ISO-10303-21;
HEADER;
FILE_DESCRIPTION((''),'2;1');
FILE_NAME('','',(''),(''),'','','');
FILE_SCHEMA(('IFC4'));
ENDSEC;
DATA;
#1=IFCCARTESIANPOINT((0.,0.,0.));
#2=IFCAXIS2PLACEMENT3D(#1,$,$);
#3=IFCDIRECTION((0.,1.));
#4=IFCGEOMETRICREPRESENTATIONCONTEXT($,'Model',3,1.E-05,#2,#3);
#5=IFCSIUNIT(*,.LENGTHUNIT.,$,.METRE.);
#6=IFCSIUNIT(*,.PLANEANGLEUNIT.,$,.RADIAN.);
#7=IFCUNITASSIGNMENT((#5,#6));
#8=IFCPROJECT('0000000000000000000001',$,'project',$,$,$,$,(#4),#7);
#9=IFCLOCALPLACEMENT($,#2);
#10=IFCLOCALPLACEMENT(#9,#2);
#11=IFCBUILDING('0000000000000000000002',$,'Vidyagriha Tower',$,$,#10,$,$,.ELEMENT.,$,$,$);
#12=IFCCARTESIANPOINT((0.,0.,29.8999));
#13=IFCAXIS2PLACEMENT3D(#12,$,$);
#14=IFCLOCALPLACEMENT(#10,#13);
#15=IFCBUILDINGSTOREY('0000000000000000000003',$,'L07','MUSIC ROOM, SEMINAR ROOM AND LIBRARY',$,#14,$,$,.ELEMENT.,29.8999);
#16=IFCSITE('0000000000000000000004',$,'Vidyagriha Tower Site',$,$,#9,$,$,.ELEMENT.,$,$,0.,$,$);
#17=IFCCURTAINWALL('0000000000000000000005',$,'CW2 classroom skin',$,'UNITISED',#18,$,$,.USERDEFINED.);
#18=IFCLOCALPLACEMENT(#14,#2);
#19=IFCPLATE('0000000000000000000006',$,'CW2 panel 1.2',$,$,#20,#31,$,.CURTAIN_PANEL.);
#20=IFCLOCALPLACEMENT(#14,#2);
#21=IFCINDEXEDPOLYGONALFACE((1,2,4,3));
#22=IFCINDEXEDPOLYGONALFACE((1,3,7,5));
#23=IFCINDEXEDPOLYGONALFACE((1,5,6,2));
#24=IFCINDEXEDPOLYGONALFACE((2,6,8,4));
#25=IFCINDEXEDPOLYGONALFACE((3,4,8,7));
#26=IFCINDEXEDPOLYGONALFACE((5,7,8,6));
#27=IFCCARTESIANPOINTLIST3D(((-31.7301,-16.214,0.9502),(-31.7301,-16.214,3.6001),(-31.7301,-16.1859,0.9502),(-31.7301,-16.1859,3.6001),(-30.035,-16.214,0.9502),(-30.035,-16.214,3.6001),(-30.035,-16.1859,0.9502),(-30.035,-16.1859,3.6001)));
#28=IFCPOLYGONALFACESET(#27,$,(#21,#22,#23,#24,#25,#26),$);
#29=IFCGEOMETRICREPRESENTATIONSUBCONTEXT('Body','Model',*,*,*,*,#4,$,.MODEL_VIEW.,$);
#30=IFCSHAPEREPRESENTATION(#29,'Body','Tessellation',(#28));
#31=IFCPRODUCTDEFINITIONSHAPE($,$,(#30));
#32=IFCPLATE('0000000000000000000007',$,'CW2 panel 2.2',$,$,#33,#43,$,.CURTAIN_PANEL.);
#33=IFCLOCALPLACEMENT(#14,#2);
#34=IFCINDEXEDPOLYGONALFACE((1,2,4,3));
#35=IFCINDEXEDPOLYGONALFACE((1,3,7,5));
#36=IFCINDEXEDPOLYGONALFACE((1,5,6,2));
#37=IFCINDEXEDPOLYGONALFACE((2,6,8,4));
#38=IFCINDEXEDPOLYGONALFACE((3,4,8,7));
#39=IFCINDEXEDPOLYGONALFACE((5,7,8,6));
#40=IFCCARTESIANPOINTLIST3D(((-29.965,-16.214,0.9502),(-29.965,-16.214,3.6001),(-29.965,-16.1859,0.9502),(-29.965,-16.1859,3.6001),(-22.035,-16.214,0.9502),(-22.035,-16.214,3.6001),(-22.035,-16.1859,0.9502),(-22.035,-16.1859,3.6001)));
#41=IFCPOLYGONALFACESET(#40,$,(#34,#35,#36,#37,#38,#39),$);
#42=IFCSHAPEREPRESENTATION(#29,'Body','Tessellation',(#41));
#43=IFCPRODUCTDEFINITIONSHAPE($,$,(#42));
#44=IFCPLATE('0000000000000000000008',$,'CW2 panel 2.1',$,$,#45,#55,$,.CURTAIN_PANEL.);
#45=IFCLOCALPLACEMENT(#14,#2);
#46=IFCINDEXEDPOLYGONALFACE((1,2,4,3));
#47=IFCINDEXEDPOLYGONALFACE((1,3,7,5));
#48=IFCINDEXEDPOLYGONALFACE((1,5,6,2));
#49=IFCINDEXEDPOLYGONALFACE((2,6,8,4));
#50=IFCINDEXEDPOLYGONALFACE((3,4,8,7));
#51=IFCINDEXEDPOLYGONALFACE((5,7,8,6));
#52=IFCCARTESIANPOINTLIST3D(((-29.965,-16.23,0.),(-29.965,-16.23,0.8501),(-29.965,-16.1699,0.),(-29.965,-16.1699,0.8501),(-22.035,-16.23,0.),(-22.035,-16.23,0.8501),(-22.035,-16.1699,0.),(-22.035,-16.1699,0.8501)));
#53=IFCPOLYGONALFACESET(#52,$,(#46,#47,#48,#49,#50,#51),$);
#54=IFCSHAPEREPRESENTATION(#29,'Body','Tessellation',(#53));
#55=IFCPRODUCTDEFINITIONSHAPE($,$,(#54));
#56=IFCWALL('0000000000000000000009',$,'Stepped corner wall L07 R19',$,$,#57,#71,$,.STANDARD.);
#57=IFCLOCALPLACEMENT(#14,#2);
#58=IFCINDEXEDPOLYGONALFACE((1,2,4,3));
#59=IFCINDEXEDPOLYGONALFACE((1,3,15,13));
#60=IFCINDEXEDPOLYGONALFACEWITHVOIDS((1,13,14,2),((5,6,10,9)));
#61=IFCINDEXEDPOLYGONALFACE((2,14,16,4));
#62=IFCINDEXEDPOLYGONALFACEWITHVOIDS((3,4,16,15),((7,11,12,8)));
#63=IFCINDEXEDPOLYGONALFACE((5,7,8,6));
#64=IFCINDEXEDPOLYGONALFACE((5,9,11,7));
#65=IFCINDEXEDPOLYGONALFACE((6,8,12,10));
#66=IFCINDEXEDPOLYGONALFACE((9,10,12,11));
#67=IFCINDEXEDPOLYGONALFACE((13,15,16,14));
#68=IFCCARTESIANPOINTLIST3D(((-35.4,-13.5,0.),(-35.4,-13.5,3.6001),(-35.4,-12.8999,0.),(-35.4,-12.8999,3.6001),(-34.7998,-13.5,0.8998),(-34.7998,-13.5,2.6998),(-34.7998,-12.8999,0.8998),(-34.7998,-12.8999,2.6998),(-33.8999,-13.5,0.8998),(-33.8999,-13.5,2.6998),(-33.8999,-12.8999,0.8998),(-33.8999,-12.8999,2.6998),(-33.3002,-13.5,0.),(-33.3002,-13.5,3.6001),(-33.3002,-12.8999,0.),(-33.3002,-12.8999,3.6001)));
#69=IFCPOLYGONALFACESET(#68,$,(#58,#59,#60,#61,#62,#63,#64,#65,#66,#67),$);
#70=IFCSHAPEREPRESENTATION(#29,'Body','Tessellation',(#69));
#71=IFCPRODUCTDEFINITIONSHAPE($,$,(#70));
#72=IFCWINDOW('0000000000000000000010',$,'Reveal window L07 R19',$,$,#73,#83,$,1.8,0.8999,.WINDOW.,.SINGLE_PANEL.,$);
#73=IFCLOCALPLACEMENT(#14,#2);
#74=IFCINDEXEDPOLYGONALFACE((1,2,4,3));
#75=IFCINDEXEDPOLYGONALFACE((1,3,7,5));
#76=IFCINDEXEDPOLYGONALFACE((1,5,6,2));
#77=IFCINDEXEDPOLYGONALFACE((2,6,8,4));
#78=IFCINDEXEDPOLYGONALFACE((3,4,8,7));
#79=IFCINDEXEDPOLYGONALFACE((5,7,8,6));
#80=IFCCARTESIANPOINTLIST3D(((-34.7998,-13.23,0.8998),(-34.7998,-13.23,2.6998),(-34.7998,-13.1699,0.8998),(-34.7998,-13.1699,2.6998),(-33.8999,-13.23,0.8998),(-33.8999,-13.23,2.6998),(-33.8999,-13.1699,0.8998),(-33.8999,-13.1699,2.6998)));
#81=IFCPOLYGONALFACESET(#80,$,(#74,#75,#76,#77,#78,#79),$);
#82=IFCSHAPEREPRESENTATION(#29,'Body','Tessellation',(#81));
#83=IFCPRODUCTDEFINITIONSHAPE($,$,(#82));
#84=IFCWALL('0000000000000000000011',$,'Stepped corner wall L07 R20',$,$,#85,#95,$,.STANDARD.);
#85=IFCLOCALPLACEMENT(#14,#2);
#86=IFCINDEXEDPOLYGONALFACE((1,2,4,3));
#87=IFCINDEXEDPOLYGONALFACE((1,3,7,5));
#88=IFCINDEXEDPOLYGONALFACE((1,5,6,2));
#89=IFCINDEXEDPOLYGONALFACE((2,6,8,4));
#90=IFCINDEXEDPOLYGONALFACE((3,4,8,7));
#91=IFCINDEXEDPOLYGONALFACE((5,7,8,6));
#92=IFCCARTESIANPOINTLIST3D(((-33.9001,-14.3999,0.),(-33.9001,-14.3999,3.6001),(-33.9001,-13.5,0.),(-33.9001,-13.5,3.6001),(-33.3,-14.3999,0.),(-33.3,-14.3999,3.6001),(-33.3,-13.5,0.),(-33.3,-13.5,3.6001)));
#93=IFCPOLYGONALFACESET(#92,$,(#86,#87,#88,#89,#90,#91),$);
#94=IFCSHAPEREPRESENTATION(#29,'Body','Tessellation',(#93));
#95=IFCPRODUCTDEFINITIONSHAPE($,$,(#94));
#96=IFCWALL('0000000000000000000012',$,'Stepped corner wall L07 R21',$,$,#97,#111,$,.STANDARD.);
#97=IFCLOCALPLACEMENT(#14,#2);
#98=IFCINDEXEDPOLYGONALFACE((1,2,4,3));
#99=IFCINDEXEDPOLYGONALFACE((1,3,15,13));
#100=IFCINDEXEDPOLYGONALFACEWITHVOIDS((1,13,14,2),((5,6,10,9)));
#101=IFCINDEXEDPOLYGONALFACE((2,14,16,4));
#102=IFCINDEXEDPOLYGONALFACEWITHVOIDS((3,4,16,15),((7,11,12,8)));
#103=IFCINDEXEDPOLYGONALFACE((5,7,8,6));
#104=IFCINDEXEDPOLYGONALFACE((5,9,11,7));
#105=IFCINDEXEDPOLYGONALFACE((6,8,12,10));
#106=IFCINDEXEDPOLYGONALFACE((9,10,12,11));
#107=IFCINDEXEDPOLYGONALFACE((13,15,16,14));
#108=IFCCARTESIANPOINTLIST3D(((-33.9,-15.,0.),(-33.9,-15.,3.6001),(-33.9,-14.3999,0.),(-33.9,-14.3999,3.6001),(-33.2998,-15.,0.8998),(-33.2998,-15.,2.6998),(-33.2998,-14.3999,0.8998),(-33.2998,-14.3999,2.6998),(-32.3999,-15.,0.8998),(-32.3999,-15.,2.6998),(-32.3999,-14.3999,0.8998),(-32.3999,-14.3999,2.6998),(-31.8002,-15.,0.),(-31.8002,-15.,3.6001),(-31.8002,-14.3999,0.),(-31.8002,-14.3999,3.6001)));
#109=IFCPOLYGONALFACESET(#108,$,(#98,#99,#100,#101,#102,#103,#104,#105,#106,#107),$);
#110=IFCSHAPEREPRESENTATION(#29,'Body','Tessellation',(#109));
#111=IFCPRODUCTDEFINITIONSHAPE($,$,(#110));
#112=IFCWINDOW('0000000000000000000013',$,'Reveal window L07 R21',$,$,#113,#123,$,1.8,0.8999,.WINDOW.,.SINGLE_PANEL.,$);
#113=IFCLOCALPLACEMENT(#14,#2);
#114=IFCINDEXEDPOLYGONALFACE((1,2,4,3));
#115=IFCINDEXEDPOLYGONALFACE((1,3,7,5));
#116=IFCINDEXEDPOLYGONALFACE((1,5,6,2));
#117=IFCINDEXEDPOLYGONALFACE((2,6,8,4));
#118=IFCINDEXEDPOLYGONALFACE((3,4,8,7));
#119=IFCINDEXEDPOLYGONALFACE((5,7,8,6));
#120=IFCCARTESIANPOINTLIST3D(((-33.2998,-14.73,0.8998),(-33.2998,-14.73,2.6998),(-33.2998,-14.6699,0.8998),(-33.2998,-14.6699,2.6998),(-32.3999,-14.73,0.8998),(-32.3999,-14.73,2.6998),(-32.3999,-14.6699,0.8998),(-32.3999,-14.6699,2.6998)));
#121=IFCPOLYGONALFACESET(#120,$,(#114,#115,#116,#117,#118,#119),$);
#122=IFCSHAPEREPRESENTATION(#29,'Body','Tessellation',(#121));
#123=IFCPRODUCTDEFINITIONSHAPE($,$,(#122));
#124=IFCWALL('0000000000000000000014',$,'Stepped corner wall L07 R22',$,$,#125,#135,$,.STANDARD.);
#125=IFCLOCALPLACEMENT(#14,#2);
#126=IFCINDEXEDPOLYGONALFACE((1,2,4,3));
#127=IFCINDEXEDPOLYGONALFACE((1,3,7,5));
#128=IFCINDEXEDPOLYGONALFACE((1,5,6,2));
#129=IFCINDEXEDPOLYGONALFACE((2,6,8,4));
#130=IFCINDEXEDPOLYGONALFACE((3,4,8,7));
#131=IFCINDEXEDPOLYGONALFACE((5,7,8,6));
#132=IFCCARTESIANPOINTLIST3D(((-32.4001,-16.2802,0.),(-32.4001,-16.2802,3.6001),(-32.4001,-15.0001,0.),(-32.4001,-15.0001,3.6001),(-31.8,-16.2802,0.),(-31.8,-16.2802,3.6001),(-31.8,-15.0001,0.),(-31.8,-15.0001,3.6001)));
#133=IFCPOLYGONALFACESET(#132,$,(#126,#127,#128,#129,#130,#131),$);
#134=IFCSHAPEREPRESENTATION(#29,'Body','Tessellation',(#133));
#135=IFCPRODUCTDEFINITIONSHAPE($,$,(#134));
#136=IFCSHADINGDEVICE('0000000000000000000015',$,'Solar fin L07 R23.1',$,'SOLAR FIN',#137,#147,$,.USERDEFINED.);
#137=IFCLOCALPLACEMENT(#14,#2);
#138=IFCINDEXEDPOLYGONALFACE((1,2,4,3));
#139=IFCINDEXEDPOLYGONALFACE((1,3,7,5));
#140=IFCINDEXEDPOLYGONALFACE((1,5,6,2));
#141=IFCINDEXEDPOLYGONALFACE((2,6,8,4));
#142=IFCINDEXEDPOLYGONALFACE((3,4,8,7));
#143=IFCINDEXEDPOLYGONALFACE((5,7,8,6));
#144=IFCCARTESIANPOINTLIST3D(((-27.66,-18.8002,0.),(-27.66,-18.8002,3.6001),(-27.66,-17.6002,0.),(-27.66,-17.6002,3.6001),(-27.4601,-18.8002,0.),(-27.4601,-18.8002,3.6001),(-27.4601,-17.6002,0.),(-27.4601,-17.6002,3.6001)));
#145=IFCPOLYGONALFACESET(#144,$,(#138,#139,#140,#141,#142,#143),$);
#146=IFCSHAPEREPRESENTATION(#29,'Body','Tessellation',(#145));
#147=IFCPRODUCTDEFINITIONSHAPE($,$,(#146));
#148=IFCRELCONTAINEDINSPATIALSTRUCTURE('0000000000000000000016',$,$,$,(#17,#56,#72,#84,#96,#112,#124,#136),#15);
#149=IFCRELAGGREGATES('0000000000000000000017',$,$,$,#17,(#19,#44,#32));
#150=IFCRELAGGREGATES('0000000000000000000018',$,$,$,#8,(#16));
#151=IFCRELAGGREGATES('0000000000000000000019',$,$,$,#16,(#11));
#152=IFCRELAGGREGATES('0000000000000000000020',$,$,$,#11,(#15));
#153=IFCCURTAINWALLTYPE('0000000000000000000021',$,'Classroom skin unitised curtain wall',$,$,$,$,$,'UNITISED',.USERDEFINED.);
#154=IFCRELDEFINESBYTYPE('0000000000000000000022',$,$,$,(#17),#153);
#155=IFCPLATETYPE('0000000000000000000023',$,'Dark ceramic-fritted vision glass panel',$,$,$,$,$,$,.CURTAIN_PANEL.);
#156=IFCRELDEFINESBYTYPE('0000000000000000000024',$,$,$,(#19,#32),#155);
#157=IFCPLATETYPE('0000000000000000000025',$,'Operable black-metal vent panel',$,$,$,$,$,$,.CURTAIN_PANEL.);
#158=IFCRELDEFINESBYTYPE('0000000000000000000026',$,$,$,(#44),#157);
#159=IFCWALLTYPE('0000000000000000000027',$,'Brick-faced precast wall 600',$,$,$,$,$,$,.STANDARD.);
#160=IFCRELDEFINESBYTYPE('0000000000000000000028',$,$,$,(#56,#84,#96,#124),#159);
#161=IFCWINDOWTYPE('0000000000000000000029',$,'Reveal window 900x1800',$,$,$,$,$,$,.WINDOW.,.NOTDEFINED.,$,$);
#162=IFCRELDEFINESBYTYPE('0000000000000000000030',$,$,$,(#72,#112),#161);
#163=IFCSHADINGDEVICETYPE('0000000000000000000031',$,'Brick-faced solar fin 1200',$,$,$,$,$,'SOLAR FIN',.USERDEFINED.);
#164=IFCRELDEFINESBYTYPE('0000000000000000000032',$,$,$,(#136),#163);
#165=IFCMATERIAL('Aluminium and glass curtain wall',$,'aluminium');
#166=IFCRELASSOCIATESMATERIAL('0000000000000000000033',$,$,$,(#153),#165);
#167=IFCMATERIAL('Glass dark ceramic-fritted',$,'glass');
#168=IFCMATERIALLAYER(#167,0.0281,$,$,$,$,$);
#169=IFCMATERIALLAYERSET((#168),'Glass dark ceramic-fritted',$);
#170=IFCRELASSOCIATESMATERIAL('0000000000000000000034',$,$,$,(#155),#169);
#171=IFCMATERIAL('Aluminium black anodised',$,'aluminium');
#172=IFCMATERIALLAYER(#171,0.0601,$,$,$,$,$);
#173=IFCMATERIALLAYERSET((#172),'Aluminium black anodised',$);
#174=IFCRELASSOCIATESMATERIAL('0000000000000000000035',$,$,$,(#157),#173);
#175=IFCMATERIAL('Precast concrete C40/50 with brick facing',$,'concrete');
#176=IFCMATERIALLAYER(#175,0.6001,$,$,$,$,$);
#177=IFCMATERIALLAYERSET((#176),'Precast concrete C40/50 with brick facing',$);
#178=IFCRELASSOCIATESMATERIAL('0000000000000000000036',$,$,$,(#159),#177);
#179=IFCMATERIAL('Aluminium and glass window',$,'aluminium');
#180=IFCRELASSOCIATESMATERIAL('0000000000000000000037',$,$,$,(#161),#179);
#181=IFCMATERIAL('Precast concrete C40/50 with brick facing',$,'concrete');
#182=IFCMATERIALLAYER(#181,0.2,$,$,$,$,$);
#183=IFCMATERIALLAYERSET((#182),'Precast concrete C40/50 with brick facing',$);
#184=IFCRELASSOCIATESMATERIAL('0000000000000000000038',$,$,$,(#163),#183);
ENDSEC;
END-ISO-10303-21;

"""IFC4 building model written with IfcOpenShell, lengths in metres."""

from ifc_helpers import new_model, si_unit, direction, frame, frame_2d, origin, origin_2d, place, context, subcontext, project, spatial, rectangle, extrude, material, layer, layer_set, type_object, element, fill, aggregate, save


model = new_model("IFC4")

# Units and contexts
model_context = context("Model", 3, precision=1e-05, world=origin(), true_north=direction((0.0, 1.0)))
body_context = subcontext(model_context, "Body", "Model", "MODEL_VIEW")
ifc_project = project(units=[si_unit("LENGTHUNIT", "METRE"), si_unit("PLANEANGLEUNIT", "RADIAN")], contexts=[model_context])

# Site, building, storey
site_placement = place(None, origin())
site = spatial("IfcSite", under=ifc_project, at=site_placement, Name="Vidyagriha Tower Site", CompositionType="ELEMENT", RefElevation=0.0)
building_placement = place(site_placement, origin())
building = spatial("IfcBuilding", under=site, at=building_placement, Name="Vidyagriha Tower", CompositionType="ELEMENT")
storey_placement = place(building_placement, frame((0.0, 0.0, 29.8999)))
storey = spatial("IfcBuildingStorey", under=building, at=storey_placement, Name="L07", Description="MUSIC ROOM, SEMINAR ROOM AND LIBRARY", CompositionType="ELEMENT", Elevation=29.8999)

# Curtain wall, plates
ifc_material_1 = material(Name="Aluminium and glass curtain wall", Category="aluminium")
curtain_wall_type = type_object("IfcCurtainWallType", Name="Classroom skin unitised curtain wall", ElementType="UNITISED", PredefinedType="USERDEFINED", material=ifc_material_1)
curtain_wall_placement = place(storey_placement, origin())
curtain_wall = element("IfcCurtainWall", 1, at=curtain_wall_placement, inside=storey, type_object=curtain_wall_type, Name="CW2 classroom skin", ObjectType="UNITISED", PredefinedType="USERDEFINED")
ifc_material_2 = material(Name="Glass dark ceramic-fritted", Category="glass")
ifc_layer_1 = layer(ifc_material_2, 0.0281)
ifc_layer_set_1 = layer_set([ifc_layer_1], Name="Glass dark ceramic-fritted")
plate_type_1 = type_object("IfcPlateType", Name="Dark ceramic-fritted vision glass panel", PredefinedType="CURTAIN_PANEL", material=ifc_layer_set_1)
plate_1_placement = place(storey_placement, frame((-30.8826, -16.2, 0.9502)))
plate_1 = element("IfcPlate", 2, at=plate_1_placement, type_object=plate_type_1, Name="CW2 panel 1.2", PredefinedType="CURTAIN_PANEL", context=body_context, shape_type="SweptSolid", body=[
    extrude(rectangle(XDim=1.6951, YDim=0.0281, at=origin_2d()), origin(), (0.0, 0.0, 1.0), 2.6499),
])
plate_2_placement = place(storey_placement, frame((-26.0, -16.2, 0.9502)))
plate_2 = element("IfcPlate", 3, at=plate_2_placement, type_object=plate_type_1, Name="CW2 panel 2.2", PredefinedType="CURTAIN_PANEL", context=body_context, shape_type="SweptSolid", body=[
    extrude(rectangle(XDim=7.9299, YDim=0.0281, at=origin_2d()), origin(), (0.0, 0.0, 1.0), 2.6499),
])
ifc_material_3 = material(Name="Aluminium black anodised", Category="aluminium")
ifc_layer_2 = layer(ifc_material_3, 0.0601)
ifc_layer_set_2 = layer_set([ifc_layer_2], Name="Aluminium black anodised")
plate_type_2 = type_object("IfcPlateType", Name="Operable black-metal vent panel", PredefinedType="CURTAIN_PANEL", material=ifc_layer_set_2)
plate_3_placement = place(storey_placement, frame((-26.0, -16.2, 0.0)))
plate_3 = element("IfcPlate", 4, at=plate_3_placement, type_object=plate_type_2, Name="CW2 panel 2.1", PredefinedType="CURTAIN_PANEL", context=body_context, shape_type="SweptSolid", body=[
    extrude(rectangle(XDim=7.9299, YDim=0.0601, at=origin_2d()), origin(), (0.0, 0.0, 1.0), 0.8501),
])
aggregate(curtain_wall, [plate_1, plate_3, plate_2])

# Wall, opening, window
ifc_material_4 = material(Name="Precast concrete C40/50 with brick facing", Category="concrete")
ifc_layer_3 = layer(ifc_material_4, 0.6001)
ifc_layer_set_3 = layer_set([ifc_layer_3], Name="Precast concrete C40/50 with brick facing")
wall_type = type_object("IfcWallType", Name="Brick-faced precast wall 600", PredefinedType="STANDARD", material=ifc_layer_set_3)
wall_1_placement = place(storey_placement, frame((-35.3999, -13.2, 0.0)))
wall_1 = element("IfcWall", 5, at=wall_1_placement, inside=storey, type_object=wall_type, Name="Stepped corner wall L07 R19", PredefinedType="STANDARD", context=body_context, shape_type="SweptSolid", body=[
    extrude(rectangle(XDim=2.0999, YDim=0.6001, at=frame_2d((1.0498, 0.0))), origin(), (0.0, 0.0, 1.0), 3.6001),
])
opening_1_placement = place(wall_1_placement, frame((0.6001, 0.0, 0.8999)))
opening_1 = element("IfcOpeningElement", 6, at=opening_1_placement, cuts=wall_1, PredefinedType="OPENING", context=body_context, shape_type="SweptSolid", body=[
    extrude(rectangle(XDim=0.8999, YDim=1.8, at=frame_2d((0.45, 0.8999))), frame((0.0, 0.3101, 0.0), z_axis=(0.0, -1.0, 0.0), x_axis=(1.0, 0.0, 0.0)), (0.0, 0.0, 1.0), 0.6201),
])
ifc_material_5 = material(Name="Aluminium and glass window", Category="aluminium")
window_type = type_object("IfcWindowType", Name="Reveal window 900x1800", PartitioningType="NOTDEFINED", PredefinedType="WINDOW", material=ifc_material_5)
window_1_placement = place(opening_1_placement, origin())
window_1 = element("IfcWindow", 7, at=window_1_placement, inside=storey, type_object=window_type, Name="Reveal window L07 R19", OverallHeight=1.8, OverallWidth=0.8999, PartitioningType="SINGLE_PANEL", PredefinedType="WINDOW", context=body_context, shape_type="SweptSolid", body=[
    extrude(rectangle(XDim=0.8999, YDim=1.8, at=frame_2d((0.45, 0.8999))), frame((0.0, 0.03, 0.0), z_axis=(0.0, -1.0, 0.0), x_axis=(1.0, 0.0, 0.0)), (0.0, 0.0, 1.0), 0.0601),
])
fill(opening_1, window_1)

# Wall
wall_2_placement = place(storey_placement, frame((-33.6001, -13.5, 0.0), z_axis=(0.0, 0.0, 1.0), x_axis=(0.0, -1.0, 0.0)))
element("IfcWall", 8, at=wall_2_placement, inside=storey, type_object=wall_type, Name="Stepped corner wall L07 R20", PredefinedType="STANDARD", context=body_context, shape_type="SweptSolid", body=[
    extrude(rectangle(XDim=0.8999, YDim=0.6001, at=frame_2d((0.45, 0.0))), origin(), (0.0, 0.0, 1.0), 3.6001),
])

# Wall, opening, window
wall_3_placement = place(storey_placement, frame((-33.8999, -14.7, 0.0)))
wall_3 = element("IfcWall", 9, at=wall_3_placement, inside=storey, type_object=wall_type, Name="Stepped corner wall L07 R21", PredefinedType="STANDARD", context=body_context, shape_type="SweptSolid", body=[
    extrude(rectangle(XDim=2.0999, YDim=0.6001, at=frame_2d((1.0498, 0.0))), origin(), (0.0, 0.0, 1.0), 3.6001),
])
opening_2_placement = place(wall_3_placement, frame((0.6001, 0.0, 0.8999)))
opening_2 = element("IfcOpeningElement", 10, at=opening_2_placement, cuts=wall_3, PredefinedType="OPENING", context=body_context, shape_type="SweptSolid", body=[
    extrude(rectangle(XDim=0.8999, YDim=1.8, at=frame_2d((0.45, 0.8999))), frame((0.0, 0.3101, 0.0), z_axis=(0.0, -1.0, 0.0), x_axis=(1.0, 0.0, 0.0)), (0.0, 0.0, 1.0), 0.6201),
])
window_2_placement = place(opening_2_placement, origin())
window_2 = element("IfcWindow", 11, at=window_2_placement, inside=storey, type_object=window_type, Name="Reveal window L07 R21", OverallHeight=1.8, OverallWidth=0.8999, PartitioningType="SINGLE_PANEL", PredefinedType="WINDOW", context=body_context, shape_type="SweptSolid", body=[
    extrude(rectangle(XDim=0.8999, YDim=1.8, at=frame_2d((0.45, 0.8999))), frame((0.0, 0.03, 0.0), z_axis=(0.0, -1.0, 0.0), x_axis=(1.0, 0.0, 0.0)), (0.0, 0.0, 1.0), 0.0601),
])
fill(opening_2, window_2)

# Wall
wall_4_placement = place(storey_placement, frame((-32.1001, -15.0, 0.0), z_axis=(0.0, 0.0, 1.0), x_axis=(0.0, -1.0, 0.0)))
element("IfcWall", 12, at=wall_4_placement, inside=storey, type_object=wall_type, Name="Stepped corner wall L07 R22", PredefinedType="STANDARD", context=body_context, shape_type="SweptSolid", body=[
    extrude(rectangle(XDim=1.28, YDim=0.6001, at=frame_2d((0.6401, 0.0))), origin(), (0.0, 0.0, 1.0), 3.6001),
])

# Shading device
ifc_material_6 = material(Name="Precast concrete C40/50 with brick facing", Category="concrete")
ifc_layer_4 = layer(ifc_material_6, 0.2)
ifc_layer_set_4 = layer_set([ifc_layer_4], Name="Precast concrete C40/50 with brick facing")
shading_device_type = type_object("IfcShadingDeviceType", Name="Brick-faced solar fin 1200", ElementType="SOLAR FIN", PredefinedType="USERDEFINED", material=ifc_layer_set_4)
shading_device_placement = place(storey_placement, frame((-27.5601, -17.6001, 0.0), z_axis=(0.0, 0.0, 1.0), x_axis=(0.0, -1.0, 0.0)))
element("IfcShadingDevice", 13, at=shading_device_placement, inside=storey, type_object=shading_device_type, Name="Solar fin L07 R23.1", ObjectType="SOLAR FIN", PredefinedType="USERDEFINED", context=body_context, shape_type="SweptSolid", body=[
    extrude(rectangle(XDim=1.2, YDim=0.2, at=frame_2d((0.6001, 0.0))), origin(), (0.0, 0.0, 1.0), 3.6001),
])

save(model, "model.ifc")
